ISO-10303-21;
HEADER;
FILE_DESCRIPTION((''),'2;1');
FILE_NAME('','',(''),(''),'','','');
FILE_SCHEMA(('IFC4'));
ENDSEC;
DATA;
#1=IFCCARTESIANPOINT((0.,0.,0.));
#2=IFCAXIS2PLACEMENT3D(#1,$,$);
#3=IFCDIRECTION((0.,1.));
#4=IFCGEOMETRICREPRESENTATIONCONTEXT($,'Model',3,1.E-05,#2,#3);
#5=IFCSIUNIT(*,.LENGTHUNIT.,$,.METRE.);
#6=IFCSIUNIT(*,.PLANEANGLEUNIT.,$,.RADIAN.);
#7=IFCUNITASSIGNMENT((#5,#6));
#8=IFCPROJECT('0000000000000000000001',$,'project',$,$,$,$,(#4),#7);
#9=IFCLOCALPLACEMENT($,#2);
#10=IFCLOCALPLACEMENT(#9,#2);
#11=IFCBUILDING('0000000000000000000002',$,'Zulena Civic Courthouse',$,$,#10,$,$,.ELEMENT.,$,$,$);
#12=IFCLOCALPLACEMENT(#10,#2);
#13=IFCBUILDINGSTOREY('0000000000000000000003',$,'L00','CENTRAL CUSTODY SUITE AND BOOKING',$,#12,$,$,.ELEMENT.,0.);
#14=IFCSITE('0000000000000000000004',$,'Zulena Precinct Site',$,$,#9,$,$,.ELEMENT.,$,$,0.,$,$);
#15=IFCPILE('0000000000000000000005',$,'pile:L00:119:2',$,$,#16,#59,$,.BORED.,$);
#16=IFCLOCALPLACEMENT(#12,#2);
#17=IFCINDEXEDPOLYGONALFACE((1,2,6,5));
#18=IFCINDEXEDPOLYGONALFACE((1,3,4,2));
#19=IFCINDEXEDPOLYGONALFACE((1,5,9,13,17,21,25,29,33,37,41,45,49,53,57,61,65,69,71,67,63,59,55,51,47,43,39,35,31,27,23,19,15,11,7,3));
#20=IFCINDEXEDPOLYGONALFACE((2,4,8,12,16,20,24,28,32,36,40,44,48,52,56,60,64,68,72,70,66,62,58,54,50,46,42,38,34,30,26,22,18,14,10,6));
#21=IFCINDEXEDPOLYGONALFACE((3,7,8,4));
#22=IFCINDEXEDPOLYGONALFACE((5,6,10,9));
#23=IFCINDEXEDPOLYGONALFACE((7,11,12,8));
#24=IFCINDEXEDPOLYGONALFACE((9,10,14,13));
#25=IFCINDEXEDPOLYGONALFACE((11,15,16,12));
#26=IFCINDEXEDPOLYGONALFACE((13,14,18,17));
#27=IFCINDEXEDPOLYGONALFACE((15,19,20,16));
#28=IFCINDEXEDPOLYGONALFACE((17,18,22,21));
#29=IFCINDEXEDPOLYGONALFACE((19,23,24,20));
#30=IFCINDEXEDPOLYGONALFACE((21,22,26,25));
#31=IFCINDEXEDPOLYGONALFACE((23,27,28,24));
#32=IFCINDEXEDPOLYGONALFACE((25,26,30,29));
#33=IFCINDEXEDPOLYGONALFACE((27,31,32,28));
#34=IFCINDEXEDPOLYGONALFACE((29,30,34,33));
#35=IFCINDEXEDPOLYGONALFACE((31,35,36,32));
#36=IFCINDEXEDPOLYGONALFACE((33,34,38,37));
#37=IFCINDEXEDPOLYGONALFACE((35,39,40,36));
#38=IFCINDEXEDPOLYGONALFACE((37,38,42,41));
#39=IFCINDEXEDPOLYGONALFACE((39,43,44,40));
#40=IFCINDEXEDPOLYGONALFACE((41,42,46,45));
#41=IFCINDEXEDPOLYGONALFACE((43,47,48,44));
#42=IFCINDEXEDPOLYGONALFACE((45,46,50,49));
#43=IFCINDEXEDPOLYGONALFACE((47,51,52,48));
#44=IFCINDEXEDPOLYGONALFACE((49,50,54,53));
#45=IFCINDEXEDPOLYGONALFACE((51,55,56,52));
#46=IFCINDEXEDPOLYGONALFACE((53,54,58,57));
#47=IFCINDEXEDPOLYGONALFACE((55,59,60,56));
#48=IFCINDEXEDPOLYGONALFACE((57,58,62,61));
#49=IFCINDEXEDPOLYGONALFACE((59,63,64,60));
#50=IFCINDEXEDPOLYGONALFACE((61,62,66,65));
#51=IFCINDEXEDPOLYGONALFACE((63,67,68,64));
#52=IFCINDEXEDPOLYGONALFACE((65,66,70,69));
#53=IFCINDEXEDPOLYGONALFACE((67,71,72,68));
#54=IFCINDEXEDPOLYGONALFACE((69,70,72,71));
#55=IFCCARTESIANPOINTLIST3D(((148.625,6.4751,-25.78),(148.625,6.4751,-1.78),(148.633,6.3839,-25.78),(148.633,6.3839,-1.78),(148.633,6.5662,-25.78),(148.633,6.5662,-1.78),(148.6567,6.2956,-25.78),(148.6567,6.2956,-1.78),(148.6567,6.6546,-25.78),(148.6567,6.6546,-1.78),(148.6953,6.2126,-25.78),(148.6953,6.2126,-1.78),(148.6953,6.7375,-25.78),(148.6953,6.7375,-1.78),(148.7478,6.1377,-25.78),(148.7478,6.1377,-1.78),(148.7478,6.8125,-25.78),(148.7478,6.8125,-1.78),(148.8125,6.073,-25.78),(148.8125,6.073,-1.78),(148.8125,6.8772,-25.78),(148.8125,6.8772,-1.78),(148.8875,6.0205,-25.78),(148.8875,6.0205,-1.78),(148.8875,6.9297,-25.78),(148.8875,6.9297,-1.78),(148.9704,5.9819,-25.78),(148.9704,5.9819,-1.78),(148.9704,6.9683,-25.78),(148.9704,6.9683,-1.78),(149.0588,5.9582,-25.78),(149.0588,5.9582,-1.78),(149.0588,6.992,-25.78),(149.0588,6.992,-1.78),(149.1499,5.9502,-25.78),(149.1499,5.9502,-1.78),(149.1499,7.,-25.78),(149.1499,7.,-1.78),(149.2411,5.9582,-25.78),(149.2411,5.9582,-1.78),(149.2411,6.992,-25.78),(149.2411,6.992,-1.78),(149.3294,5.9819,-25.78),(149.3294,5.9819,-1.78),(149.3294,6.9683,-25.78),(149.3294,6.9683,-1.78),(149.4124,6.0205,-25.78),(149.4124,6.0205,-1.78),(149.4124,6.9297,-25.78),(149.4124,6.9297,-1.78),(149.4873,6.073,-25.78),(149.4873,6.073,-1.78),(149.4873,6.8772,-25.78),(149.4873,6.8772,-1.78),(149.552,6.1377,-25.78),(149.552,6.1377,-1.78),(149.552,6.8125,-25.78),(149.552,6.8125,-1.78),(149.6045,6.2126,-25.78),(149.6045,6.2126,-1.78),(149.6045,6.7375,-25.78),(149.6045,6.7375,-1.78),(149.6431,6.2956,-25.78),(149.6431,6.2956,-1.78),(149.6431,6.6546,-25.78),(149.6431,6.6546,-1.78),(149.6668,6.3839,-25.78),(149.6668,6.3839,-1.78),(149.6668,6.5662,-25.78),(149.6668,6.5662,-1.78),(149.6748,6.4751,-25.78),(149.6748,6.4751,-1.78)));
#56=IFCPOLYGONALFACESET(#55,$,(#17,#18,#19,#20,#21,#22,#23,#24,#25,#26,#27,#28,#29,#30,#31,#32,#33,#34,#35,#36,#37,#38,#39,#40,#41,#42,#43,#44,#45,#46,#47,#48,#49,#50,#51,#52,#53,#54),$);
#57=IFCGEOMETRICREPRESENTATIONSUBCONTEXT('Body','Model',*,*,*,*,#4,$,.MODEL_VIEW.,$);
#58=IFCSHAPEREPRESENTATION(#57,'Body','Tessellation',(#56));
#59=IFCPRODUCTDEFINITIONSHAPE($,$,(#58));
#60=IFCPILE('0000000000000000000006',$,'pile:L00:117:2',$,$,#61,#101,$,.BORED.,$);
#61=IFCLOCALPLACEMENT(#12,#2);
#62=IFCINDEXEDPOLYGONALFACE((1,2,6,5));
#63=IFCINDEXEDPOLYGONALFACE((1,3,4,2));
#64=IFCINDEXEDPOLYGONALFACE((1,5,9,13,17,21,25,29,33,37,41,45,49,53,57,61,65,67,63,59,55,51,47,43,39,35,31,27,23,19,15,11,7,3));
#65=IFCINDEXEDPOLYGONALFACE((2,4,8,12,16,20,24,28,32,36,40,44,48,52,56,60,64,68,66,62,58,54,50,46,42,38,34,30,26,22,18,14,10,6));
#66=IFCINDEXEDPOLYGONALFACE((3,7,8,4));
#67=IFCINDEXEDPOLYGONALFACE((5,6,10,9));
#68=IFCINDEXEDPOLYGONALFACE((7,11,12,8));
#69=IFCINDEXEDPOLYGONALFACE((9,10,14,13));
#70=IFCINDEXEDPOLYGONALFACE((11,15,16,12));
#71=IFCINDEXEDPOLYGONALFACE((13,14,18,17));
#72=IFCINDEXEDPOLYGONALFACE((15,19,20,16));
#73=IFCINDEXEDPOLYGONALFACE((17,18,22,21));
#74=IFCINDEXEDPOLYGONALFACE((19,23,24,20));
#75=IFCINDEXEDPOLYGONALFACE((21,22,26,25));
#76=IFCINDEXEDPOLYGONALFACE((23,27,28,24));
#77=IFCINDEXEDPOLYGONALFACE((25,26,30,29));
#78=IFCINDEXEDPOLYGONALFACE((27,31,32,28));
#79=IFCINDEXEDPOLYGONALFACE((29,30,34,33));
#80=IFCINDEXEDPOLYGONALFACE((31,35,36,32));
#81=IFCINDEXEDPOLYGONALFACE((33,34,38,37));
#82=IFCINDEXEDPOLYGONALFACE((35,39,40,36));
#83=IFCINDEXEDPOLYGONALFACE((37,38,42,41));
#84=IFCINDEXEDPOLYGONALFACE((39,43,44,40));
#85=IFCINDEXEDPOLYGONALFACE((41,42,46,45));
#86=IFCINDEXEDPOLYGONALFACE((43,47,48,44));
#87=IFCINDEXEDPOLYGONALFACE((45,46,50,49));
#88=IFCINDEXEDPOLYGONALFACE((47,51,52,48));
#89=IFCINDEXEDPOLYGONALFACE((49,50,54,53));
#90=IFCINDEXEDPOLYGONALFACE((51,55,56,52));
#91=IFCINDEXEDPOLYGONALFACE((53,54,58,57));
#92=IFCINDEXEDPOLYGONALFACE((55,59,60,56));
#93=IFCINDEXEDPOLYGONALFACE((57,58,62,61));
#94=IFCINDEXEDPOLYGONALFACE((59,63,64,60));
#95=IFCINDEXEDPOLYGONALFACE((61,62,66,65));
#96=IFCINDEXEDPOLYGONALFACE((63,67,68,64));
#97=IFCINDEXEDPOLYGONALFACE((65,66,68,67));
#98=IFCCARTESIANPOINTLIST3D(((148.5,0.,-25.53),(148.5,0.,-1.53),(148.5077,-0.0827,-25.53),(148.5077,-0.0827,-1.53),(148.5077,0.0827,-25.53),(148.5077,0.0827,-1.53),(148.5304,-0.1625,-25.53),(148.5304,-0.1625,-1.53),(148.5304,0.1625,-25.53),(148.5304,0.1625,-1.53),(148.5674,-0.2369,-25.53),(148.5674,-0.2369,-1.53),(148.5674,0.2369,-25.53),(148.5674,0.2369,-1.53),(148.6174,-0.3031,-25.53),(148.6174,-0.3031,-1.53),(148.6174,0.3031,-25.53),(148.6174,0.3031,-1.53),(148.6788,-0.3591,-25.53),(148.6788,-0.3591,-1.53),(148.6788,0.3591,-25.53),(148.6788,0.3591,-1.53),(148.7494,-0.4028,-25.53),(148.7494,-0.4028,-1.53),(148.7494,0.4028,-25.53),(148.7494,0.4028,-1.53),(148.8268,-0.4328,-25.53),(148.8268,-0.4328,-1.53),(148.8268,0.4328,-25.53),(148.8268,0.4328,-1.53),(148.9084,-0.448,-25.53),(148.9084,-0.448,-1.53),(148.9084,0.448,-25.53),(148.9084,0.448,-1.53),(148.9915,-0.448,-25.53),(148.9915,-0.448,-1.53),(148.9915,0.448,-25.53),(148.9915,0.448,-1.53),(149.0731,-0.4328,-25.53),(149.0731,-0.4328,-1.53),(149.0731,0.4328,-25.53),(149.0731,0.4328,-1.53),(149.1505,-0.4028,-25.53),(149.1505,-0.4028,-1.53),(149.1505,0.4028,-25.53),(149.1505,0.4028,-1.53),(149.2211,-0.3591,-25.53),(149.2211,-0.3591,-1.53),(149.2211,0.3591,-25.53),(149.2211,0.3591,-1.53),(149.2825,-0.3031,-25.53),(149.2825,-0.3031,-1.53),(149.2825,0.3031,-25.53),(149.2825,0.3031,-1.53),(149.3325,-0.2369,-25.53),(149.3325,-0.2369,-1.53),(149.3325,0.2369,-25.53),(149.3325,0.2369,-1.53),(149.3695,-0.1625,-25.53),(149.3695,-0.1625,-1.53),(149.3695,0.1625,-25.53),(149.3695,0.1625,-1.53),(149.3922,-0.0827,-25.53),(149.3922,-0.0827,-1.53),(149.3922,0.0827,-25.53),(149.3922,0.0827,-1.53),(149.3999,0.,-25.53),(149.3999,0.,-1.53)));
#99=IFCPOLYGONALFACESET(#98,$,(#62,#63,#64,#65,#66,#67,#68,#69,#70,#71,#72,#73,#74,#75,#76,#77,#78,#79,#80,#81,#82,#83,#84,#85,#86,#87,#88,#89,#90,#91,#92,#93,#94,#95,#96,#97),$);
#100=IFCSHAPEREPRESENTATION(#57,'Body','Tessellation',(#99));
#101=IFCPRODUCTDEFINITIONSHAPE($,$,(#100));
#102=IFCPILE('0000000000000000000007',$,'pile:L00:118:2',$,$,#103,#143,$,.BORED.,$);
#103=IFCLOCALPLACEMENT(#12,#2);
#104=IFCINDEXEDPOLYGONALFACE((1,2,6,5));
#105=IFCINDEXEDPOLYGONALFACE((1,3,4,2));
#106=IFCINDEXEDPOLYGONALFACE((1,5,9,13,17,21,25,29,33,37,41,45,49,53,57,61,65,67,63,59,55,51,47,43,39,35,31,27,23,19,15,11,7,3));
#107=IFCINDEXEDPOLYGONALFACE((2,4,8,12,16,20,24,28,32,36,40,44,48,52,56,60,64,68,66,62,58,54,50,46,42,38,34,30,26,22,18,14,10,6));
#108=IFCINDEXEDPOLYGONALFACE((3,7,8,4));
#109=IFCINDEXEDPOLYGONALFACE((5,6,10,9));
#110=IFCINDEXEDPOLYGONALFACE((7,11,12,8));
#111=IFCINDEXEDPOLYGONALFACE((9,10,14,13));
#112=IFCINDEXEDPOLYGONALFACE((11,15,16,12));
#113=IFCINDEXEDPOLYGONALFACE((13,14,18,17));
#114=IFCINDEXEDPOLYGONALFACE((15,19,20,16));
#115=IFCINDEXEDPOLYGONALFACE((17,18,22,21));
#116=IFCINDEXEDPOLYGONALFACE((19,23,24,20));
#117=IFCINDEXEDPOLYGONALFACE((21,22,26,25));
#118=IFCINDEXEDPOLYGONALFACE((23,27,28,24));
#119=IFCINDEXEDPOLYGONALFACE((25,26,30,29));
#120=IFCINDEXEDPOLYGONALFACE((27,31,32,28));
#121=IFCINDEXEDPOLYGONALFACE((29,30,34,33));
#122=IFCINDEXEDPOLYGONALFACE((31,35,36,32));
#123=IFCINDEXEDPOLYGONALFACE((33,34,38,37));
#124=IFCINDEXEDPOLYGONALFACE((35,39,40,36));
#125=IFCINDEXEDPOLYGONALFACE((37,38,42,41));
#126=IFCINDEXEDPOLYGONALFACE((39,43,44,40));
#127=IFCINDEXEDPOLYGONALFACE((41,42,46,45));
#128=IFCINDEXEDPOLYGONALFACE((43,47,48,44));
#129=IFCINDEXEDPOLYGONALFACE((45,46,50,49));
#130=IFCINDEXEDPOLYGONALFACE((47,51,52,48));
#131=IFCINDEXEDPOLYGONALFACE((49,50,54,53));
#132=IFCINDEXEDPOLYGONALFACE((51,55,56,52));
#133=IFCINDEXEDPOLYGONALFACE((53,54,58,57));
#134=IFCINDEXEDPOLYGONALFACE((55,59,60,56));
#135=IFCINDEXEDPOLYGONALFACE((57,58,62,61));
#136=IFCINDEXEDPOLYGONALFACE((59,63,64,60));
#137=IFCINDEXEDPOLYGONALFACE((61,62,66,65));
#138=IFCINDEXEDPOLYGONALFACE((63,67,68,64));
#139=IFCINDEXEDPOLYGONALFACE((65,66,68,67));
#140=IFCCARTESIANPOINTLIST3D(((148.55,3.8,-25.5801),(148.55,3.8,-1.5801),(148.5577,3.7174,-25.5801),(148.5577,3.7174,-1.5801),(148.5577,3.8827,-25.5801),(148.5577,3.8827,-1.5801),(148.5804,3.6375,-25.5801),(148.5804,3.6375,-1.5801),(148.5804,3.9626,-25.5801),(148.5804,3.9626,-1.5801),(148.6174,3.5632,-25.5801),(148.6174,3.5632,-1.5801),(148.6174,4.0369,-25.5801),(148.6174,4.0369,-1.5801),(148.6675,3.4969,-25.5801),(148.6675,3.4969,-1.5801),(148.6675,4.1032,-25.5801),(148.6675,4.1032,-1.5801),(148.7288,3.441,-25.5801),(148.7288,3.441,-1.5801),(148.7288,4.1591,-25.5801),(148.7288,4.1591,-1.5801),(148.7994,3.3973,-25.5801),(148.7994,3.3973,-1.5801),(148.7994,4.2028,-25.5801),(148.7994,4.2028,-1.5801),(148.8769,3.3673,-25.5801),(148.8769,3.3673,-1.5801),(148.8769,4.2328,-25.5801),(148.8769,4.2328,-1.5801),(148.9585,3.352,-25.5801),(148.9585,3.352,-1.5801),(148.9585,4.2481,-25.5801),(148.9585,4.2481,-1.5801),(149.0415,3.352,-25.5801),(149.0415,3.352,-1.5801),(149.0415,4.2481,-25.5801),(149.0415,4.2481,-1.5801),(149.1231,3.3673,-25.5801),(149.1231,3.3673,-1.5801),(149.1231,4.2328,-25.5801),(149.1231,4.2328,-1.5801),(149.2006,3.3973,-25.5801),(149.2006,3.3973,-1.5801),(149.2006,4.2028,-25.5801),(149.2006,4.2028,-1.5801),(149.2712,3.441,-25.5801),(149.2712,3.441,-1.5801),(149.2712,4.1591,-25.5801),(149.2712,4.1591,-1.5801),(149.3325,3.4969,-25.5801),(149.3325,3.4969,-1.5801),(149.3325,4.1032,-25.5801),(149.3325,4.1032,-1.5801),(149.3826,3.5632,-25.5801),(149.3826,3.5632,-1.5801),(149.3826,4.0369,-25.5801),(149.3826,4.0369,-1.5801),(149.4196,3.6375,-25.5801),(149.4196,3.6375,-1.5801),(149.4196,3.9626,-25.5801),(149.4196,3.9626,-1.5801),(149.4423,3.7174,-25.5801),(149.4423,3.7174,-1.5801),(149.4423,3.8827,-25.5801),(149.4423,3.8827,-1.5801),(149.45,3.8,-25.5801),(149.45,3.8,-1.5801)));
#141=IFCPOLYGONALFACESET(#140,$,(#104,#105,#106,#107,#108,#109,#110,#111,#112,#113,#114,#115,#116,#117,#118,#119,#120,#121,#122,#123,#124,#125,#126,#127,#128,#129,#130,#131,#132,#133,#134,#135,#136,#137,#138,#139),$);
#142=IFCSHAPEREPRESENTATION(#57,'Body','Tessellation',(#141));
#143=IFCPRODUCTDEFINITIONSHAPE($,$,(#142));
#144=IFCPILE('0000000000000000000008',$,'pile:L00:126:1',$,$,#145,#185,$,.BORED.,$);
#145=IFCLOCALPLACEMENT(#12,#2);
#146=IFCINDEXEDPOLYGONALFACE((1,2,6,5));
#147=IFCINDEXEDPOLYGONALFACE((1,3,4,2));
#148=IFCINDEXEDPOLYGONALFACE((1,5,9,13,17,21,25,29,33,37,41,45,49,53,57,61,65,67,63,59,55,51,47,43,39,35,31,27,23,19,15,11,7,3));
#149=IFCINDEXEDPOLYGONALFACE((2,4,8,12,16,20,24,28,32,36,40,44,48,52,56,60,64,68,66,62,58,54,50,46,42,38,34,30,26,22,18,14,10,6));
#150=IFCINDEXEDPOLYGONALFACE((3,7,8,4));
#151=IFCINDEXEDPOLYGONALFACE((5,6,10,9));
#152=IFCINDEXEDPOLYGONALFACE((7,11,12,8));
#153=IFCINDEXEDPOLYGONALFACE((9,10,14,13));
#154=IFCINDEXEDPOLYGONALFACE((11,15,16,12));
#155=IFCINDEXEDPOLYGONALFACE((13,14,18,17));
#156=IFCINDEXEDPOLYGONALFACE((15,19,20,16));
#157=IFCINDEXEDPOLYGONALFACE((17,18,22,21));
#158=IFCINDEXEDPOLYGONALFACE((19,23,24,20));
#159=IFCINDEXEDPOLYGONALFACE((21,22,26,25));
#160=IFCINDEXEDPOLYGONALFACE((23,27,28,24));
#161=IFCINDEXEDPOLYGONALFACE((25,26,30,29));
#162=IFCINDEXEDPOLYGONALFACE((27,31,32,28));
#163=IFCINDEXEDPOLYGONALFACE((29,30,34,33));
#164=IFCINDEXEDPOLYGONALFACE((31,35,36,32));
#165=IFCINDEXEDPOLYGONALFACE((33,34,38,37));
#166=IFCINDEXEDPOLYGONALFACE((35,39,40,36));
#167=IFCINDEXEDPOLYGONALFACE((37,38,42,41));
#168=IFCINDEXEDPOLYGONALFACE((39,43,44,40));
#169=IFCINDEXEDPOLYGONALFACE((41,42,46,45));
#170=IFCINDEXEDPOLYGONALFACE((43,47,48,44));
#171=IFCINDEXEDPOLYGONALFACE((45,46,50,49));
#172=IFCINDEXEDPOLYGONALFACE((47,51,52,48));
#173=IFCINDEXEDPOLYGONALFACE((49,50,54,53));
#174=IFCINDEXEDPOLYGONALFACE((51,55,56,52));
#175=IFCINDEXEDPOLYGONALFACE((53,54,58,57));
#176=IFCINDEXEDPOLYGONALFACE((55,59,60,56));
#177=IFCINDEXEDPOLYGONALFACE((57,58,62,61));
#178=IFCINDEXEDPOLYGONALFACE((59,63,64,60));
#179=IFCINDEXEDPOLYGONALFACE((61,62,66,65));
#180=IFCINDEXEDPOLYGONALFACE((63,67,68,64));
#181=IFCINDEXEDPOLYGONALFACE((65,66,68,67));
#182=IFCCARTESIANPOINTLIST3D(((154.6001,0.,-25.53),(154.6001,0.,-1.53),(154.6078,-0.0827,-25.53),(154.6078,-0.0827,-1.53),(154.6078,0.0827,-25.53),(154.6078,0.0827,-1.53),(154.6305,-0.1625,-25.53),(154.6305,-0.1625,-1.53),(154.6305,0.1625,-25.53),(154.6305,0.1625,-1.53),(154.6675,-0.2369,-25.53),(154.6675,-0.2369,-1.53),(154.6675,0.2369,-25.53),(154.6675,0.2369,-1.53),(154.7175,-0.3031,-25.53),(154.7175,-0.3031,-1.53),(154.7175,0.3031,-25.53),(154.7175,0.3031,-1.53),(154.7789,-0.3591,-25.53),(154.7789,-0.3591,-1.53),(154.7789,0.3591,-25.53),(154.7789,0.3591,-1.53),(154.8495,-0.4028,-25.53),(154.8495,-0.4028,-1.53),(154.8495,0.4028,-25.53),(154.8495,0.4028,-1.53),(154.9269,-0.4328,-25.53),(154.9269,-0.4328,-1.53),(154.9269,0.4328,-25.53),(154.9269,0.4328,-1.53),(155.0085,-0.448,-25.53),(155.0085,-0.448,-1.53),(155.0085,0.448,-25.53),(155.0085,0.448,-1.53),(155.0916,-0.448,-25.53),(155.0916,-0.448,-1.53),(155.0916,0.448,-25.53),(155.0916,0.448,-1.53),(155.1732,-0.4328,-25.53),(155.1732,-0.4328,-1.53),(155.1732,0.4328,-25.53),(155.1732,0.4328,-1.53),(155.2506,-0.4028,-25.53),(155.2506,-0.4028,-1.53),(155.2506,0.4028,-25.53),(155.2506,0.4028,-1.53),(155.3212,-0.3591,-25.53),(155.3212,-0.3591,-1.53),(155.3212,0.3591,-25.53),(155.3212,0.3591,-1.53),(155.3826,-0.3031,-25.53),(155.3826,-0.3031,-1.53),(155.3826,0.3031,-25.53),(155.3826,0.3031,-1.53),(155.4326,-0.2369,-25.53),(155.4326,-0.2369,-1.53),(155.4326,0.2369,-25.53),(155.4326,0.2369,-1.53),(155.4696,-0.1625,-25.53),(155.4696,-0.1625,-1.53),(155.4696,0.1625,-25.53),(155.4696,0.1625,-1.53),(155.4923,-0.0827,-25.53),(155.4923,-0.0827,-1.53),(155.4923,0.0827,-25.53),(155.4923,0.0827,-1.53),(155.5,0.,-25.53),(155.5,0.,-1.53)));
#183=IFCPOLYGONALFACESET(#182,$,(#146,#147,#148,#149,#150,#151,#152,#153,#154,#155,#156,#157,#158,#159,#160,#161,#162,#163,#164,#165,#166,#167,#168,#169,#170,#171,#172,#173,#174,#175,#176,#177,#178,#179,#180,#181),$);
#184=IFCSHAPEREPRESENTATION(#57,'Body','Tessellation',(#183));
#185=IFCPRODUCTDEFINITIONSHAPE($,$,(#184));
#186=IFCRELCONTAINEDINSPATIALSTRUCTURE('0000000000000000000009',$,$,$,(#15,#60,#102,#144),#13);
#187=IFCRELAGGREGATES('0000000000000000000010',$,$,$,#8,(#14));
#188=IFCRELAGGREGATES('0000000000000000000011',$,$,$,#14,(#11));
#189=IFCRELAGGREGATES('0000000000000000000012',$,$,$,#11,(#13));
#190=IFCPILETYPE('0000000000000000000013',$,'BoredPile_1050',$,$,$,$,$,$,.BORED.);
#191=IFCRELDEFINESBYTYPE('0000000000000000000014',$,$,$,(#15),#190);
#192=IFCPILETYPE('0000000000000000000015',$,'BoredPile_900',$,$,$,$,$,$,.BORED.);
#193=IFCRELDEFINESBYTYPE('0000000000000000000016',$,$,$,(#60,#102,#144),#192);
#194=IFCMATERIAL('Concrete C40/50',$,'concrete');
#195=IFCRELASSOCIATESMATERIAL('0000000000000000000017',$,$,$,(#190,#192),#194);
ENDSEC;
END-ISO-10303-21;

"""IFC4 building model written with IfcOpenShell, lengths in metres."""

from ifc_helpers import new_model, si_unit, direction, frame, origin, origin_2d, place, context, subcontext, project, spatial, circle, extrude, material, material_profile, profile_set, type_object, element, save


model = new_model("IFC4")

# Units and contexts
model_context = context("Model", 3, precision=1e-05, world=origin(), true_north=direction((0.0, 1.0)))
body_context = subcontext(model_context, "Body", "Model", "MODEL_VIEW")
ifc_project = project(units=[si_unit("LENGTHUNIT", "METRE"), si_unit("PLANEANGLEUNIT", "RADIAN")], contexts=[model_context])

# Site, building, storey
site_placement = place(None, origin())
site = spatial("IfcSite", under=ifc_project, at=site_placement, Name="Zulena Precinct Site", CompositionType="ELEMENT", RefElevation=0.0)
building_placement = place(site_placement, origin())
building = spatial("IfcBuilding", under=site, at=building_placement, Name="Zulena Civic Courthouse", CompositionType="ELEMENT")
storey_placement = place(building_placement, origin())
storey = spatial("IfcBuildingStorey", under=building, at=storey_placement, Name="L00", Description="CENTRAL CUSTODY SUITE AND BOOKING", CompositionType="ELEMENT", Elevation=0.0)

# Piles
ifc_material_1 = material(Name="Concrete C40/50", Category="concrete")
ifc_material_profile_1 = material_profile(ifc_material_1, circle(Radius=0.5249, at=origin_2d()), Name="PILE1050")
ifc_profile_set_1 = profile_set([ifc_material_profile_1], Name="Concrete C40/50")
pile_type_1 = type_object("IfcPileType", Name="BoredPile_1050", PredefinedType="BORED", material=ifc_profile_set_1)
pile_placement = place(storey_placement, frame((149.1499, 6.4751, -1.78), z_axis=(0.0, 0.0, -1.0), x_axis=(1.0, 0.0, 0.0)))
element("IfcPile", 1, at=pile_placement, inside=storey, type_object=pile_type_1, Name="pile:L00:119:2", PredefinedType="BORED", context=body_context, shape_type="SweptSolid", body=[
    extrude(circle(Radius=0.5249, at=origin_2d()), origin(), (0.0, 0.0, 1.0), 24.0),
])
ifc_material_profile_2 = material_profile(ifc_material_1, circle(Radius=0.45, at=origin_2d()), Name="PILE900")
ifc_profile_set_2 = profile_set([ifc_material_profile_2], Name="Concrete C40/50")
pile_type_2 = type_object("IfcPileType", Name="BoredPile_900", PredefinedType="BORED", material=ifc_profile_set_2)
for number, where, z_axis, x_axis, name in (
    (2, (148.95, 0.0, -1.53), (0.0, 0.0, -1.0), (1.0, 0.0, 0.0), "pile:L00:117:2"),
    (3, (149.0, 3.8, -1.5801), (0.0, 0.0, -1.0), (1.0, 0.0, 0.0), "pile:L00:118:2"),
    (4, (155.05, 0.0, -1.53), (0.0, 0.0, -1.0), (1.0, 0.0, 0.0), "pile:L00:126:1"),
):
    element("IfcPile", number, at=place(storey_placement, frame(where, z_axis=z_axis, x_axis=x_axis)), inside=storey, type_object=pile_type_2, Name=name, PredefinedType="BORED", context=body_context, shape_type="SweptSolid", body=[
        extrude(circle(Radius=0.45, at=origin_2d()), origin(), (0.0, 0.0, 1.0), 24.0),
    ])

save(model, "model.ifc")
